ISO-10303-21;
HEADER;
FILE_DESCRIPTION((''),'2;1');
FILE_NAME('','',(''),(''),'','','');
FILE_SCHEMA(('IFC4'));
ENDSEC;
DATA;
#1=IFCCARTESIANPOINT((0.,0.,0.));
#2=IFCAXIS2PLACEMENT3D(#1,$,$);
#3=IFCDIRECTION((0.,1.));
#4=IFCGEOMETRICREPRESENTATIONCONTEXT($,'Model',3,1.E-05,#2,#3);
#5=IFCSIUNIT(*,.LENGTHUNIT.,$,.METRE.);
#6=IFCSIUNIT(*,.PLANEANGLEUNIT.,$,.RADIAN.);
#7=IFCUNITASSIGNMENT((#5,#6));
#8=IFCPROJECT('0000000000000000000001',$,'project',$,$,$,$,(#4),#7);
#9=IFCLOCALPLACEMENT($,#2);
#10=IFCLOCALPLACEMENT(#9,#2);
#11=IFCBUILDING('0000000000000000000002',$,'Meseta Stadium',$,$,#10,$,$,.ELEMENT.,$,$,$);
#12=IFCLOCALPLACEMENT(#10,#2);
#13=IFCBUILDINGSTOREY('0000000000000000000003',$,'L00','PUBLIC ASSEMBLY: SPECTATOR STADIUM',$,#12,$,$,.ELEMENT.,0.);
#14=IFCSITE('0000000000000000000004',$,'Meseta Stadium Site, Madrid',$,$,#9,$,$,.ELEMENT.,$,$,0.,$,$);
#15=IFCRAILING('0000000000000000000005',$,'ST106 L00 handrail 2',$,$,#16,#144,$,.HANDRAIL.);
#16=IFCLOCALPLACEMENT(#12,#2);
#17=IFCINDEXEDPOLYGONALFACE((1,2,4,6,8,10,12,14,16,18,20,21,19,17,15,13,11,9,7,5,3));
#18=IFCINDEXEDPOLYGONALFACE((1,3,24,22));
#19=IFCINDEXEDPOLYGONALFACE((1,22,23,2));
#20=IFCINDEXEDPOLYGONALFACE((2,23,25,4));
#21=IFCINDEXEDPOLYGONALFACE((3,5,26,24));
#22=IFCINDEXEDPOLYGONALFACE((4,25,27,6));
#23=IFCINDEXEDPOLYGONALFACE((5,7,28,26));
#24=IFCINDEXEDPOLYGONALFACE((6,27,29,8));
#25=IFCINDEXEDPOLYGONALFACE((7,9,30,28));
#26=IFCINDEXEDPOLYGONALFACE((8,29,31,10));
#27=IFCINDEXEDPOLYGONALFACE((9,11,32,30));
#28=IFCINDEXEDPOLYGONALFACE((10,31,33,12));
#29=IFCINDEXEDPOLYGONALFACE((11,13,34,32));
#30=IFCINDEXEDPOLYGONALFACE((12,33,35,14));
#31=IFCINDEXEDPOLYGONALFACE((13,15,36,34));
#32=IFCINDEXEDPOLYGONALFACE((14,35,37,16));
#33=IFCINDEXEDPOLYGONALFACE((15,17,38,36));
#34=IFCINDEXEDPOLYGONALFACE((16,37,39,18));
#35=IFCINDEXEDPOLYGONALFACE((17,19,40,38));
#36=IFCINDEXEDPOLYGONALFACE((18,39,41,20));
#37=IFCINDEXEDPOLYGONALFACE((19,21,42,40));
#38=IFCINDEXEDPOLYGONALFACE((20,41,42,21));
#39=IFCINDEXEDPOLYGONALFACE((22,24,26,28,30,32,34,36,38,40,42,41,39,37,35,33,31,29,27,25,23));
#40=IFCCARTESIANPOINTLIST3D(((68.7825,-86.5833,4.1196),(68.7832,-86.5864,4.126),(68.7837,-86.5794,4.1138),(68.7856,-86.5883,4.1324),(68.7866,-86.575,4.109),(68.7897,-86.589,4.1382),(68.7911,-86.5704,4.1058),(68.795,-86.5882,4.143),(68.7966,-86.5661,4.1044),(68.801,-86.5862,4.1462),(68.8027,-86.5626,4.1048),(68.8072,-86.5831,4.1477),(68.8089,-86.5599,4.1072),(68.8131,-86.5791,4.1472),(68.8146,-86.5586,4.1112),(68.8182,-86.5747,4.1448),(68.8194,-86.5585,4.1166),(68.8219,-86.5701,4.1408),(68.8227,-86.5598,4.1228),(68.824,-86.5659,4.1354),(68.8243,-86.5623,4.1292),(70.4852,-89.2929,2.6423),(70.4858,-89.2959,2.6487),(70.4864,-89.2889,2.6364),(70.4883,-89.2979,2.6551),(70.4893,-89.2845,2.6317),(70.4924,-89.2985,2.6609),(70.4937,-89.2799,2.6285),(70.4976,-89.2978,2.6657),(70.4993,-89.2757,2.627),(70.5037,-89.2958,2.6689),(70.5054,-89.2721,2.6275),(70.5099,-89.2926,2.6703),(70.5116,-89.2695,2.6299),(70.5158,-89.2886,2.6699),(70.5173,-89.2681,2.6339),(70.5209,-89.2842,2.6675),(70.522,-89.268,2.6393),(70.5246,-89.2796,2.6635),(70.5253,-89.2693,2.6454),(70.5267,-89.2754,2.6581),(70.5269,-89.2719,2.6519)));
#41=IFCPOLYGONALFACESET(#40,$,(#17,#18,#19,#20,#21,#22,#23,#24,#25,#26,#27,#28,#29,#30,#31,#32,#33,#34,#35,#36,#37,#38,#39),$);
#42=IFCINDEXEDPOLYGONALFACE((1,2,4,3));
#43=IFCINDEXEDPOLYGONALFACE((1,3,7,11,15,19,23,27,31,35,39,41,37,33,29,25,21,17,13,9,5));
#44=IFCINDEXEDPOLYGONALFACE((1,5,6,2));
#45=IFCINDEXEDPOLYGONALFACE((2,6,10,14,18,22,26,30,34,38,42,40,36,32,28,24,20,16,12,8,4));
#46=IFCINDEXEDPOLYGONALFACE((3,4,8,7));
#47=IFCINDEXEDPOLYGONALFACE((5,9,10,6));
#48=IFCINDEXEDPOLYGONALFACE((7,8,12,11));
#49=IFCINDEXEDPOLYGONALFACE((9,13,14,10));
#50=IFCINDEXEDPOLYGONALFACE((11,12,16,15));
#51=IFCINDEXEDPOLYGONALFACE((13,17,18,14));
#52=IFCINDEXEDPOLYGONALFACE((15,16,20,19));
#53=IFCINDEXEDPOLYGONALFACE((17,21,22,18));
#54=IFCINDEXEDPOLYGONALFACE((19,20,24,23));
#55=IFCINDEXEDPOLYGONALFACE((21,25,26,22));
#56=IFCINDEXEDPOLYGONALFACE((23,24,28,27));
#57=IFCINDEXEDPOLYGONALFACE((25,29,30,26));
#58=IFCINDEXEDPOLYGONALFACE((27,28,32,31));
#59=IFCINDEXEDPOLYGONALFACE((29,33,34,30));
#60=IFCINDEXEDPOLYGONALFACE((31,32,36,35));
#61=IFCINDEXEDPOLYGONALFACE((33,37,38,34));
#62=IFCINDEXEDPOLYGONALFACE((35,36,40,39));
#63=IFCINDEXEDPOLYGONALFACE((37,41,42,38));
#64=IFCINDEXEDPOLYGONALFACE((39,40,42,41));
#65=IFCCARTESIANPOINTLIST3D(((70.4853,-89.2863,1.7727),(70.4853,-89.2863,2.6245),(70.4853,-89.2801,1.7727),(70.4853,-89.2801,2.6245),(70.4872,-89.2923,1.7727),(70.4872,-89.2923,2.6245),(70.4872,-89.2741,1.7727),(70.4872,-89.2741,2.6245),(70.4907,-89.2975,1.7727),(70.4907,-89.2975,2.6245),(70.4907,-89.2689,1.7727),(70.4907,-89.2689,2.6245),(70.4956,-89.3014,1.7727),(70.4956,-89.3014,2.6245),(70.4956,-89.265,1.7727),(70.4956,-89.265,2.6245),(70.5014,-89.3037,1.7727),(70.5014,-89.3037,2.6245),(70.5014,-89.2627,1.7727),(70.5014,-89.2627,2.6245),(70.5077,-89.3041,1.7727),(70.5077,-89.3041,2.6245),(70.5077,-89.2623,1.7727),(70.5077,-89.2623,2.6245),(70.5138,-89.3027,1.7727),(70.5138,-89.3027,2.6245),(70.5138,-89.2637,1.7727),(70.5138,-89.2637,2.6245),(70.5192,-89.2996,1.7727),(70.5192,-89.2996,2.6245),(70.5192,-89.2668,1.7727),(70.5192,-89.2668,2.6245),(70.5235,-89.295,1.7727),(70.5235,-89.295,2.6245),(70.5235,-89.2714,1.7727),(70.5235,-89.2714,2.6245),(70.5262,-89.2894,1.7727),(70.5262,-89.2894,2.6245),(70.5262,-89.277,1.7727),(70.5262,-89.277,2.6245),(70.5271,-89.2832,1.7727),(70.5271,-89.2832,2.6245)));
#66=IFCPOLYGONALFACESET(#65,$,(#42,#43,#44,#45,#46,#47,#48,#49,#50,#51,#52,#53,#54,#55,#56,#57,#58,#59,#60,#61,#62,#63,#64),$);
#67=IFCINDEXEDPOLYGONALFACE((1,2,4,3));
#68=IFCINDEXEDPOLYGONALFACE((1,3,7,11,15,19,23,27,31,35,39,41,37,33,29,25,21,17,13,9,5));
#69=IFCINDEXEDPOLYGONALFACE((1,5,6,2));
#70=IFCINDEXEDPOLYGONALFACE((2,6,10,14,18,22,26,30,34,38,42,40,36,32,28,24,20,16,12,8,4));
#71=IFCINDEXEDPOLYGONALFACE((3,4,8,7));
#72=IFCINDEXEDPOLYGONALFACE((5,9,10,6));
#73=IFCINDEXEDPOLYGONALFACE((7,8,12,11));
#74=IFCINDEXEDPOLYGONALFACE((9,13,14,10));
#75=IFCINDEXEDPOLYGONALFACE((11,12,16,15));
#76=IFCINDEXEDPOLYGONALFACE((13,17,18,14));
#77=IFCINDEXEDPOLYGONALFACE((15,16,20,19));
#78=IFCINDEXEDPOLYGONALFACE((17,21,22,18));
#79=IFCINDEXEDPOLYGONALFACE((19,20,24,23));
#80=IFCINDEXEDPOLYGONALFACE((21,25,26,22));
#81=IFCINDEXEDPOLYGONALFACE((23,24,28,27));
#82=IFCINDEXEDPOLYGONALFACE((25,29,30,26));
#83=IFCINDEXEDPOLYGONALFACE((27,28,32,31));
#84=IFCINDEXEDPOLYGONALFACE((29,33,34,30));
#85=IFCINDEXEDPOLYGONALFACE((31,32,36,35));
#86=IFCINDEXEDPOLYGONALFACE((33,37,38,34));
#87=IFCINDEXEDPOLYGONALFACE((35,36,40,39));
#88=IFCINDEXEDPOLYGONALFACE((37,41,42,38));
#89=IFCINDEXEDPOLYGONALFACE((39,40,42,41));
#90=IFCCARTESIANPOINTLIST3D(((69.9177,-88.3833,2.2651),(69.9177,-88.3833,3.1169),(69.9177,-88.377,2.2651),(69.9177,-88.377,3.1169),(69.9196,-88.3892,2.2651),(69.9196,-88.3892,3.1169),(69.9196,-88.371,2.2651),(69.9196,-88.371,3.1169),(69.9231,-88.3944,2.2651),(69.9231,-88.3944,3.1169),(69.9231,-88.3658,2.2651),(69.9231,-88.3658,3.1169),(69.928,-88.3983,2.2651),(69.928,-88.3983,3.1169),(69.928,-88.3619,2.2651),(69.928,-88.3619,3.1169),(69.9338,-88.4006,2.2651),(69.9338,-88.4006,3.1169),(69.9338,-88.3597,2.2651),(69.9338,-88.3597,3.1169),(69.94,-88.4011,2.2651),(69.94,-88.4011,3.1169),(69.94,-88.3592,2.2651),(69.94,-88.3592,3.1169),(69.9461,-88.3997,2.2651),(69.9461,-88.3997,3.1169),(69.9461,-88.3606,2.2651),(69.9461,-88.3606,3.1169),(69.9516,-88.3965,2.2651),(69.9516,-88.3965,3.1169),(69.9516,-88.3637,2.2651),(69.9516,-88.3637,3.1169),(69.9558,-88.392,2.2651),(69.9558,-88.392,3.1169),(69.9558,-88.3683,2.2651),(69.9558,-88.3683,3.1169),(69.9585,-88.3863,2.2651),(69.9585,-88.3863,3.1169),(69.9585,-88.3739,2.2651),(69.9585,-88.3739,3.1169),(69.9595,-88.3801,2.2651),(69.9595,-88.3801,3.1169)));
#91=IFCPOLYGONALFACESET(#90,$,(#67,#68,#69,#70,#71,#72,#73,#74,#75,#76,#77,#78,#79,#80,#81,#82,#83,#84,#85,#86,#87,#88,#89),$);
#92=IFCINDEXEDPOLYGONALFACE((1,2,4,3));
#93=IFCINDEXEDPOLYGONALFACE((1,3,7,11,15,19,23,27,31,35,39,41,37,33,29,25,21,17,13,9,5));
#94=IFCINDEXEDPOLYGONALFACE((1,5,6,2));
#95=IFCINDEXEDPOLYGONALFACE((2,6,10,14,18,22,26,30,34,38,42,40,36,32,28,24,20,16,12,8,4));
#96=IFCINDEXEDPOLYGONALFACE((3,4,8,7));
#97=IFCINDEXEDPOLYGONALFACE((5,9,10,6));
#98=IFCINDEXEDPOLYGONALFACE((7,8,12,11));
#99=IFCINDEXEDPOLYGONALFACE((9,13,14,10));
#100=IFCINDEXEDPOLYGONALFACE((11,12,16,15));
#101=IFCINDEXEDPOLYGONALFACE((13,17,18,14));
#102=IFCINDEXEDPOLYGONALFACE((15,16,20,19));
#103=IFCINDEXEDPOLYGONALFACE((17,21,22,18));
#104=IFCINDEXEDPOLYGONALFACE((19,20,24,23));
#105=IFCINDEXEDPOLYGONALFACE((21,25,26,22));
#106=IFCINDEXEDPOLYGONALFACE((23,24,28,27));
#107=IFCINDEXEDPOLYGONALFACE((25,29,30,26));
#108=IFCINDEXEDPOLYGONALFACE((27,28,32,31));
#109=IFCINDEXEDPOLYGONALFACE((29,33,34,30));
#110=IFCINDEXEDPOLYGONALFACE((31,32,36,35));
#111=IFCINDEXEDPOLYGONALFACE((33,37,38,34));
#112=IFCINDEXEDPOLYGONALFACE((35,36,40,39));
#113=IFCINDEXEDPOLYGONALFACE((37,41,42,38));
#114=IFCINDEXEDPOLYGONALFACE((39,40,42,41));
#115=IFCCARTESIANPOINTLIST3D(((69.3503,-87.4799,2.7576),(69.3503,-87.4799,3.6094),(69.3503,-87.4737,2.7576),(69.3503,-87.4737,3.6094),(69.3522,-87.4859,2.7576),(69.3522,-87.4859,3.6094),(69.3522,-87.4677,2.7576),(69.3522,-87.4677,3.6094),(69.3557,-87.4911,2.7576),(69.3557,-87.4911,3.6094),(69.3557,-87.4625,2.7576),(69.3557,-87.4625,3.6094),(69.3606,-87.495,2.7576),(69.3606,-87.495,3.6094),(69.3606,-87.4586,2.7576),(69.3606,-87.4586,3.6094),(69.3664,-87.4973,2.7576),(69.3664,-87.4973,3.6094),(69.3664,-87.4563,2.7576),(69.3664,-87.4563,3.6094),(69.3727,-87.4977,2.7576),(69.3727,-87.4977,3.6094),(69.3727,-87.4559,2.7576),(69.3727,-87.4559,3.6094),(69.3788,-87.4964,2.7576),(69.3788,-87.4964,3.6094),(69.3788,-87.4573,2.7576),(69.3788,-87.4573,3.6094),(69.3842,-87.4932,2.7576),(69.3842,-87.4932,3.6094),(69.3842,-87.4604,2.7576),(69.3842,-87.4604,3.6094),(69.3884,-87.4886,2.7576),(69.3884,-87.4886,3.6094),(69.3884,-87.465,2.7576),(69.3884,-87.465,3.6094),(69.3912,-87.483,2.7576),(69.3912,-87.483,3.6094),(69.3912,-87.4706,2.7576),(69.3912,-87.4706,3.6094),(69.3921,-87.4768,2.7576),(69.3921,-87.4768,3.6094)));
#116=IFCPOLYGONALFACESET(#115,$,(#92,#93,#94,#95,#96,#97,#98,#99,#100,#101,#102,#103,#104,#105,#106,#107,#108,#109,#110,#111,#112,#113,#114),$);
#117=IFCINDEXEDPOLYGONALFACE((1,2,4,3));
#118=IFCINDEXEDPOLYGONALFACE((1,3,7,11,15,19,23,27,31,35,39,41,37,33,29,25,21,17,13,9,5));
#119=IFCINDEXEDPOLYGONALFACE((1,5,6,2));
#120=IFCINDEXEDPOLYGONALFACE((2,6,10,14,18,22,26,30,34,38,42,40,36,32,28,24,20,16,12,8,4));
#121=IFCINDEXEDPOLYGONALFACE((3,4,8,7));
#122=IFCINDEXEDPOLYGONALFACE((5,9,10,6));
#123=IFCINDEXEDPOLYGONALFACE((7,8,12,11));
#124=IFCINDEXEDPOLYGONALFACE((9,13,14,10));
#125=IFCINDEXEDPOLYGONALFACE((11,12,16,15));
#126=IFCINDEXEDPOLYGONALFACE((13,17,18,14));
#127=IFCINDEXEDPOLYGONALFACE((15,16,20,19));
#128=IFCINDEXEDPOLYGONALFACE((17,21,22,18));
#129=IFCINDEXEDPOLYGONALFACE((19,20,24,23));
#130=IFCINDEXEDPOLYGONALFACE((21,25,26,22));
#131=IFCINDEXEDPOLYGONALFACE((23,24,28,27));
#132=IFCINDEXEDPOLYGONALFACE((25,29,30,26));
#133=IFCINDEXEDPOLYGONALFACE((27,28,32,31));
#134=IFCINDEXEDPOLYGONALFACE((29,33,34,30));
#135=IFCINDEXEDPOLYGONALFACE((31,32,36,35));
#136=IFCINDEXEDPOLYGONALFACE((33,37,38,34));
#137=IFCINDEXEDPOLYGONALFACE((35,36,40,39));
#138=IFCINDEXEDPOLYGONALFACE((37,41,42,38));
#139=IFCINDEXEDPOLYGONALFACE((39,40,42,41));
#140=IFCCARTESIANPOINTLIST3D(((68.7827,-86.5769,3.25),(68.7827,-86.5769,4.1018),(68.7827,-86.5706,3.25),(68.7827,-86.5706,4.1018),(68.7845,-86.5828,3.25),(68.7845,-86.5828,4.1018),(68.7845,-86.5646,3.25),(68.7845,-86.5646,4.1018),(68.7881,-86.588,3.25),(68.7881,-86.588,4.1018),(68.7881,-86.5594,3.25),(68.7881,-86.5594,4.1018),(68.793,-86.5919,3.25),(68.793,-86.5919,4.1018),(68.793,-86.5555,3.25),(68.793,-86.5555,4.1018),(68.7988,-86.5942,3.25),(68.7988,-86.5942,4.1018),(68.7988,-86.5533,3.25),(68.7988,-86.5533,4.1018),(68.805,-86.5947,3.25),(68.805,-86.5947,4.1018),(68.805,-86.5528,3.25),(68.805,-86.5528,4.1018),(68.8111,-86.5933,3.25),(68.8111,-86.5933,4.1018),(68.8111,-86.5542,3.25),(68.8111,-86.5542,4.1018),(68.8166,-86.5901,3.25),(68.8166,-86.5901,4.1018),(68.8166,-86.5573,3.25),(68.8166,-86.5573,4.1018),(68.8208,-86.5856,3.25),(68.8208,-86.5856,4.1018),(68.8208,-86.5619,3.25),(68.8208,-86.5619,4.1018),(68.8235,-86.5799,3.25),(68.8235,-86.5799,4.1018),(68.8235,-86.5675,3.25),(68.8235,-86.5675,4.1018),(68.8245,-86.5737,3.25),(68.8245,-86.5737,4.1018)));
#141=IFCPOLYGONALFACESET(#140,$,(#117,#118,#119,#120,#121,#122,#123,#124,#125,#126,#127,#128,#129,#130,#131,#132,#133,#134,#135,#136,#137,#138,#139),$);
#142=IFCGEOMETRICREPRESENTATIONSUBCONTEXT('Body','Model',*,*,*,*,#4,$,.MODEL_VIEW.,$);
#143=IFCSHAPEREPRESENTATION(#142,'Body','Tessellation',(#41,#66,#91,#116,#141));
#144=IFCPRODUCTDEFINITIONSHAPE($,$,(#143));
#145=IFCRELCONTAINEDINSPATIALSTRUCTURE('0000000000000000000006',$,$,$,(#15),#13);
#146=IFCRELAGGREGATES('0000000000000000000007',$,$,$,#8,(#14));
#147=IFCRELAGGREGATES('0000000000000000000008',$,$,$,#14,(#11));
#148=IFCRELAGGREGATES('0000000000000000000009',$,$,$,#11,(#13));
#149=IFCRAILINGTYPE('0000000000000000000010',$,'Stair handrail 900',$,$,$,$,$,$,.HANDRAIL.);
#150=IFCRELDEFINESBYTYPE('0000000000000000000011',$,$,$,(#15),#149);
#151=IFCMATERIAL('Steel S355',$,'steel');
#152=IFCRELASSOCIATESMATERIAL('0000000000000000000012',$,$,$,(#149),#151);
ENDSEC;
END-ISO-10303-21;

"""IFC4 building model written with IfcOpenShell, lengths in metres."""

from ifc_helpers import new_model, si_unit, direction, frame, origin, origin_2d, place, context, subcontext, project, spatial, circle, extrude, material, type_object, element, save


model = new_model("IFC4")

# Units and contexts
model_context = context("Model", 3, precision=1e-05, world=origin(), true_north=direction((0.0, 1.0)))
body_context = subcontext(model_context, "Body", "Model", "MODEL_VIEW")
ifc_project = project(units=[si_unit("LENGTHUNIT", "METRE"), si_unit("PLANEANGLEUNIT", "RADIAN")], contexts=[model_context])

# Site, building, storey
site_placement = place(None, origin())
site = spatial("IfcSite", under=ifc_project, at=site_placement, Name="Meseta Stadium Site, Madrid", CompositionType="ELEMENT", RefElevation=0.0)
building_placement = place(site_placement, origin())
building = spatial("IfcBuilding", under=site, at=building_placement, Name="Meseta Stadium", CompositionType="ELEMENT")
storey_placement = place(building_placement, origin())
storey = spatial("IfcBuildingStorey", under=building, at=storey_placement, Name="L00", Description="PUBLIC ASSEMBLY: SPECTATOR STADIUM", CompositionType="ELEMENT", Elevation=0.0)

# Railing
ifc_material_1 = material(Name="Steel S355", Category="steel")
railing_type_1 = type_object("IfcRailingType", Name="Stair handrail 900", PredefinedType="HANDRAIL", material=ifc_material_1)
railing_1_placement = place(storey_placement, frame((70.5061, -89.2832, 1.7727)))
element("IfcRailing", 1, at=railing_1_placement, inside=storey, type_object=railing_type_1, Name="ST106 L00 handrail 2", PredefinedType="HANDRAIL", context=body_context, shape_type="SweptSolid", body=[
    extrude(circle(Radius=0.0239, at=origin_2d()), frame((0.0, 0.0, 0.876), z_axis=(-0.483076, 0.768738, 0.419142), x_axis=(-0.846701, -0.532068, 0.0)), (0.0, 0.0, 1.0), 3.5247),
    extrude(circle(Radius=0.021, at=origin_2d()), origin(), (0.0, 0.0, 1.0), 0.8518),
    extrude(circle(Radius=0.021, at=origin_2d()), frame((-0.5676, 0.9031, 0.4924)), (0.0, 0.0, 1.0), 0.8518),
    extrude(circle(Radius=0.021, at=origin_2d()), frame((-1.135, 1.8064, 0.9849)), (0.0, 0.0, 1.0), 0.8518),
    extrude(circle(Radius=0.021, at=origin_2d()), frame((-1.7026, 2.7095, 1.4773)), (0.0, 0.0, 1.0), 0.8518),
])

save(model, "model.ifc")
